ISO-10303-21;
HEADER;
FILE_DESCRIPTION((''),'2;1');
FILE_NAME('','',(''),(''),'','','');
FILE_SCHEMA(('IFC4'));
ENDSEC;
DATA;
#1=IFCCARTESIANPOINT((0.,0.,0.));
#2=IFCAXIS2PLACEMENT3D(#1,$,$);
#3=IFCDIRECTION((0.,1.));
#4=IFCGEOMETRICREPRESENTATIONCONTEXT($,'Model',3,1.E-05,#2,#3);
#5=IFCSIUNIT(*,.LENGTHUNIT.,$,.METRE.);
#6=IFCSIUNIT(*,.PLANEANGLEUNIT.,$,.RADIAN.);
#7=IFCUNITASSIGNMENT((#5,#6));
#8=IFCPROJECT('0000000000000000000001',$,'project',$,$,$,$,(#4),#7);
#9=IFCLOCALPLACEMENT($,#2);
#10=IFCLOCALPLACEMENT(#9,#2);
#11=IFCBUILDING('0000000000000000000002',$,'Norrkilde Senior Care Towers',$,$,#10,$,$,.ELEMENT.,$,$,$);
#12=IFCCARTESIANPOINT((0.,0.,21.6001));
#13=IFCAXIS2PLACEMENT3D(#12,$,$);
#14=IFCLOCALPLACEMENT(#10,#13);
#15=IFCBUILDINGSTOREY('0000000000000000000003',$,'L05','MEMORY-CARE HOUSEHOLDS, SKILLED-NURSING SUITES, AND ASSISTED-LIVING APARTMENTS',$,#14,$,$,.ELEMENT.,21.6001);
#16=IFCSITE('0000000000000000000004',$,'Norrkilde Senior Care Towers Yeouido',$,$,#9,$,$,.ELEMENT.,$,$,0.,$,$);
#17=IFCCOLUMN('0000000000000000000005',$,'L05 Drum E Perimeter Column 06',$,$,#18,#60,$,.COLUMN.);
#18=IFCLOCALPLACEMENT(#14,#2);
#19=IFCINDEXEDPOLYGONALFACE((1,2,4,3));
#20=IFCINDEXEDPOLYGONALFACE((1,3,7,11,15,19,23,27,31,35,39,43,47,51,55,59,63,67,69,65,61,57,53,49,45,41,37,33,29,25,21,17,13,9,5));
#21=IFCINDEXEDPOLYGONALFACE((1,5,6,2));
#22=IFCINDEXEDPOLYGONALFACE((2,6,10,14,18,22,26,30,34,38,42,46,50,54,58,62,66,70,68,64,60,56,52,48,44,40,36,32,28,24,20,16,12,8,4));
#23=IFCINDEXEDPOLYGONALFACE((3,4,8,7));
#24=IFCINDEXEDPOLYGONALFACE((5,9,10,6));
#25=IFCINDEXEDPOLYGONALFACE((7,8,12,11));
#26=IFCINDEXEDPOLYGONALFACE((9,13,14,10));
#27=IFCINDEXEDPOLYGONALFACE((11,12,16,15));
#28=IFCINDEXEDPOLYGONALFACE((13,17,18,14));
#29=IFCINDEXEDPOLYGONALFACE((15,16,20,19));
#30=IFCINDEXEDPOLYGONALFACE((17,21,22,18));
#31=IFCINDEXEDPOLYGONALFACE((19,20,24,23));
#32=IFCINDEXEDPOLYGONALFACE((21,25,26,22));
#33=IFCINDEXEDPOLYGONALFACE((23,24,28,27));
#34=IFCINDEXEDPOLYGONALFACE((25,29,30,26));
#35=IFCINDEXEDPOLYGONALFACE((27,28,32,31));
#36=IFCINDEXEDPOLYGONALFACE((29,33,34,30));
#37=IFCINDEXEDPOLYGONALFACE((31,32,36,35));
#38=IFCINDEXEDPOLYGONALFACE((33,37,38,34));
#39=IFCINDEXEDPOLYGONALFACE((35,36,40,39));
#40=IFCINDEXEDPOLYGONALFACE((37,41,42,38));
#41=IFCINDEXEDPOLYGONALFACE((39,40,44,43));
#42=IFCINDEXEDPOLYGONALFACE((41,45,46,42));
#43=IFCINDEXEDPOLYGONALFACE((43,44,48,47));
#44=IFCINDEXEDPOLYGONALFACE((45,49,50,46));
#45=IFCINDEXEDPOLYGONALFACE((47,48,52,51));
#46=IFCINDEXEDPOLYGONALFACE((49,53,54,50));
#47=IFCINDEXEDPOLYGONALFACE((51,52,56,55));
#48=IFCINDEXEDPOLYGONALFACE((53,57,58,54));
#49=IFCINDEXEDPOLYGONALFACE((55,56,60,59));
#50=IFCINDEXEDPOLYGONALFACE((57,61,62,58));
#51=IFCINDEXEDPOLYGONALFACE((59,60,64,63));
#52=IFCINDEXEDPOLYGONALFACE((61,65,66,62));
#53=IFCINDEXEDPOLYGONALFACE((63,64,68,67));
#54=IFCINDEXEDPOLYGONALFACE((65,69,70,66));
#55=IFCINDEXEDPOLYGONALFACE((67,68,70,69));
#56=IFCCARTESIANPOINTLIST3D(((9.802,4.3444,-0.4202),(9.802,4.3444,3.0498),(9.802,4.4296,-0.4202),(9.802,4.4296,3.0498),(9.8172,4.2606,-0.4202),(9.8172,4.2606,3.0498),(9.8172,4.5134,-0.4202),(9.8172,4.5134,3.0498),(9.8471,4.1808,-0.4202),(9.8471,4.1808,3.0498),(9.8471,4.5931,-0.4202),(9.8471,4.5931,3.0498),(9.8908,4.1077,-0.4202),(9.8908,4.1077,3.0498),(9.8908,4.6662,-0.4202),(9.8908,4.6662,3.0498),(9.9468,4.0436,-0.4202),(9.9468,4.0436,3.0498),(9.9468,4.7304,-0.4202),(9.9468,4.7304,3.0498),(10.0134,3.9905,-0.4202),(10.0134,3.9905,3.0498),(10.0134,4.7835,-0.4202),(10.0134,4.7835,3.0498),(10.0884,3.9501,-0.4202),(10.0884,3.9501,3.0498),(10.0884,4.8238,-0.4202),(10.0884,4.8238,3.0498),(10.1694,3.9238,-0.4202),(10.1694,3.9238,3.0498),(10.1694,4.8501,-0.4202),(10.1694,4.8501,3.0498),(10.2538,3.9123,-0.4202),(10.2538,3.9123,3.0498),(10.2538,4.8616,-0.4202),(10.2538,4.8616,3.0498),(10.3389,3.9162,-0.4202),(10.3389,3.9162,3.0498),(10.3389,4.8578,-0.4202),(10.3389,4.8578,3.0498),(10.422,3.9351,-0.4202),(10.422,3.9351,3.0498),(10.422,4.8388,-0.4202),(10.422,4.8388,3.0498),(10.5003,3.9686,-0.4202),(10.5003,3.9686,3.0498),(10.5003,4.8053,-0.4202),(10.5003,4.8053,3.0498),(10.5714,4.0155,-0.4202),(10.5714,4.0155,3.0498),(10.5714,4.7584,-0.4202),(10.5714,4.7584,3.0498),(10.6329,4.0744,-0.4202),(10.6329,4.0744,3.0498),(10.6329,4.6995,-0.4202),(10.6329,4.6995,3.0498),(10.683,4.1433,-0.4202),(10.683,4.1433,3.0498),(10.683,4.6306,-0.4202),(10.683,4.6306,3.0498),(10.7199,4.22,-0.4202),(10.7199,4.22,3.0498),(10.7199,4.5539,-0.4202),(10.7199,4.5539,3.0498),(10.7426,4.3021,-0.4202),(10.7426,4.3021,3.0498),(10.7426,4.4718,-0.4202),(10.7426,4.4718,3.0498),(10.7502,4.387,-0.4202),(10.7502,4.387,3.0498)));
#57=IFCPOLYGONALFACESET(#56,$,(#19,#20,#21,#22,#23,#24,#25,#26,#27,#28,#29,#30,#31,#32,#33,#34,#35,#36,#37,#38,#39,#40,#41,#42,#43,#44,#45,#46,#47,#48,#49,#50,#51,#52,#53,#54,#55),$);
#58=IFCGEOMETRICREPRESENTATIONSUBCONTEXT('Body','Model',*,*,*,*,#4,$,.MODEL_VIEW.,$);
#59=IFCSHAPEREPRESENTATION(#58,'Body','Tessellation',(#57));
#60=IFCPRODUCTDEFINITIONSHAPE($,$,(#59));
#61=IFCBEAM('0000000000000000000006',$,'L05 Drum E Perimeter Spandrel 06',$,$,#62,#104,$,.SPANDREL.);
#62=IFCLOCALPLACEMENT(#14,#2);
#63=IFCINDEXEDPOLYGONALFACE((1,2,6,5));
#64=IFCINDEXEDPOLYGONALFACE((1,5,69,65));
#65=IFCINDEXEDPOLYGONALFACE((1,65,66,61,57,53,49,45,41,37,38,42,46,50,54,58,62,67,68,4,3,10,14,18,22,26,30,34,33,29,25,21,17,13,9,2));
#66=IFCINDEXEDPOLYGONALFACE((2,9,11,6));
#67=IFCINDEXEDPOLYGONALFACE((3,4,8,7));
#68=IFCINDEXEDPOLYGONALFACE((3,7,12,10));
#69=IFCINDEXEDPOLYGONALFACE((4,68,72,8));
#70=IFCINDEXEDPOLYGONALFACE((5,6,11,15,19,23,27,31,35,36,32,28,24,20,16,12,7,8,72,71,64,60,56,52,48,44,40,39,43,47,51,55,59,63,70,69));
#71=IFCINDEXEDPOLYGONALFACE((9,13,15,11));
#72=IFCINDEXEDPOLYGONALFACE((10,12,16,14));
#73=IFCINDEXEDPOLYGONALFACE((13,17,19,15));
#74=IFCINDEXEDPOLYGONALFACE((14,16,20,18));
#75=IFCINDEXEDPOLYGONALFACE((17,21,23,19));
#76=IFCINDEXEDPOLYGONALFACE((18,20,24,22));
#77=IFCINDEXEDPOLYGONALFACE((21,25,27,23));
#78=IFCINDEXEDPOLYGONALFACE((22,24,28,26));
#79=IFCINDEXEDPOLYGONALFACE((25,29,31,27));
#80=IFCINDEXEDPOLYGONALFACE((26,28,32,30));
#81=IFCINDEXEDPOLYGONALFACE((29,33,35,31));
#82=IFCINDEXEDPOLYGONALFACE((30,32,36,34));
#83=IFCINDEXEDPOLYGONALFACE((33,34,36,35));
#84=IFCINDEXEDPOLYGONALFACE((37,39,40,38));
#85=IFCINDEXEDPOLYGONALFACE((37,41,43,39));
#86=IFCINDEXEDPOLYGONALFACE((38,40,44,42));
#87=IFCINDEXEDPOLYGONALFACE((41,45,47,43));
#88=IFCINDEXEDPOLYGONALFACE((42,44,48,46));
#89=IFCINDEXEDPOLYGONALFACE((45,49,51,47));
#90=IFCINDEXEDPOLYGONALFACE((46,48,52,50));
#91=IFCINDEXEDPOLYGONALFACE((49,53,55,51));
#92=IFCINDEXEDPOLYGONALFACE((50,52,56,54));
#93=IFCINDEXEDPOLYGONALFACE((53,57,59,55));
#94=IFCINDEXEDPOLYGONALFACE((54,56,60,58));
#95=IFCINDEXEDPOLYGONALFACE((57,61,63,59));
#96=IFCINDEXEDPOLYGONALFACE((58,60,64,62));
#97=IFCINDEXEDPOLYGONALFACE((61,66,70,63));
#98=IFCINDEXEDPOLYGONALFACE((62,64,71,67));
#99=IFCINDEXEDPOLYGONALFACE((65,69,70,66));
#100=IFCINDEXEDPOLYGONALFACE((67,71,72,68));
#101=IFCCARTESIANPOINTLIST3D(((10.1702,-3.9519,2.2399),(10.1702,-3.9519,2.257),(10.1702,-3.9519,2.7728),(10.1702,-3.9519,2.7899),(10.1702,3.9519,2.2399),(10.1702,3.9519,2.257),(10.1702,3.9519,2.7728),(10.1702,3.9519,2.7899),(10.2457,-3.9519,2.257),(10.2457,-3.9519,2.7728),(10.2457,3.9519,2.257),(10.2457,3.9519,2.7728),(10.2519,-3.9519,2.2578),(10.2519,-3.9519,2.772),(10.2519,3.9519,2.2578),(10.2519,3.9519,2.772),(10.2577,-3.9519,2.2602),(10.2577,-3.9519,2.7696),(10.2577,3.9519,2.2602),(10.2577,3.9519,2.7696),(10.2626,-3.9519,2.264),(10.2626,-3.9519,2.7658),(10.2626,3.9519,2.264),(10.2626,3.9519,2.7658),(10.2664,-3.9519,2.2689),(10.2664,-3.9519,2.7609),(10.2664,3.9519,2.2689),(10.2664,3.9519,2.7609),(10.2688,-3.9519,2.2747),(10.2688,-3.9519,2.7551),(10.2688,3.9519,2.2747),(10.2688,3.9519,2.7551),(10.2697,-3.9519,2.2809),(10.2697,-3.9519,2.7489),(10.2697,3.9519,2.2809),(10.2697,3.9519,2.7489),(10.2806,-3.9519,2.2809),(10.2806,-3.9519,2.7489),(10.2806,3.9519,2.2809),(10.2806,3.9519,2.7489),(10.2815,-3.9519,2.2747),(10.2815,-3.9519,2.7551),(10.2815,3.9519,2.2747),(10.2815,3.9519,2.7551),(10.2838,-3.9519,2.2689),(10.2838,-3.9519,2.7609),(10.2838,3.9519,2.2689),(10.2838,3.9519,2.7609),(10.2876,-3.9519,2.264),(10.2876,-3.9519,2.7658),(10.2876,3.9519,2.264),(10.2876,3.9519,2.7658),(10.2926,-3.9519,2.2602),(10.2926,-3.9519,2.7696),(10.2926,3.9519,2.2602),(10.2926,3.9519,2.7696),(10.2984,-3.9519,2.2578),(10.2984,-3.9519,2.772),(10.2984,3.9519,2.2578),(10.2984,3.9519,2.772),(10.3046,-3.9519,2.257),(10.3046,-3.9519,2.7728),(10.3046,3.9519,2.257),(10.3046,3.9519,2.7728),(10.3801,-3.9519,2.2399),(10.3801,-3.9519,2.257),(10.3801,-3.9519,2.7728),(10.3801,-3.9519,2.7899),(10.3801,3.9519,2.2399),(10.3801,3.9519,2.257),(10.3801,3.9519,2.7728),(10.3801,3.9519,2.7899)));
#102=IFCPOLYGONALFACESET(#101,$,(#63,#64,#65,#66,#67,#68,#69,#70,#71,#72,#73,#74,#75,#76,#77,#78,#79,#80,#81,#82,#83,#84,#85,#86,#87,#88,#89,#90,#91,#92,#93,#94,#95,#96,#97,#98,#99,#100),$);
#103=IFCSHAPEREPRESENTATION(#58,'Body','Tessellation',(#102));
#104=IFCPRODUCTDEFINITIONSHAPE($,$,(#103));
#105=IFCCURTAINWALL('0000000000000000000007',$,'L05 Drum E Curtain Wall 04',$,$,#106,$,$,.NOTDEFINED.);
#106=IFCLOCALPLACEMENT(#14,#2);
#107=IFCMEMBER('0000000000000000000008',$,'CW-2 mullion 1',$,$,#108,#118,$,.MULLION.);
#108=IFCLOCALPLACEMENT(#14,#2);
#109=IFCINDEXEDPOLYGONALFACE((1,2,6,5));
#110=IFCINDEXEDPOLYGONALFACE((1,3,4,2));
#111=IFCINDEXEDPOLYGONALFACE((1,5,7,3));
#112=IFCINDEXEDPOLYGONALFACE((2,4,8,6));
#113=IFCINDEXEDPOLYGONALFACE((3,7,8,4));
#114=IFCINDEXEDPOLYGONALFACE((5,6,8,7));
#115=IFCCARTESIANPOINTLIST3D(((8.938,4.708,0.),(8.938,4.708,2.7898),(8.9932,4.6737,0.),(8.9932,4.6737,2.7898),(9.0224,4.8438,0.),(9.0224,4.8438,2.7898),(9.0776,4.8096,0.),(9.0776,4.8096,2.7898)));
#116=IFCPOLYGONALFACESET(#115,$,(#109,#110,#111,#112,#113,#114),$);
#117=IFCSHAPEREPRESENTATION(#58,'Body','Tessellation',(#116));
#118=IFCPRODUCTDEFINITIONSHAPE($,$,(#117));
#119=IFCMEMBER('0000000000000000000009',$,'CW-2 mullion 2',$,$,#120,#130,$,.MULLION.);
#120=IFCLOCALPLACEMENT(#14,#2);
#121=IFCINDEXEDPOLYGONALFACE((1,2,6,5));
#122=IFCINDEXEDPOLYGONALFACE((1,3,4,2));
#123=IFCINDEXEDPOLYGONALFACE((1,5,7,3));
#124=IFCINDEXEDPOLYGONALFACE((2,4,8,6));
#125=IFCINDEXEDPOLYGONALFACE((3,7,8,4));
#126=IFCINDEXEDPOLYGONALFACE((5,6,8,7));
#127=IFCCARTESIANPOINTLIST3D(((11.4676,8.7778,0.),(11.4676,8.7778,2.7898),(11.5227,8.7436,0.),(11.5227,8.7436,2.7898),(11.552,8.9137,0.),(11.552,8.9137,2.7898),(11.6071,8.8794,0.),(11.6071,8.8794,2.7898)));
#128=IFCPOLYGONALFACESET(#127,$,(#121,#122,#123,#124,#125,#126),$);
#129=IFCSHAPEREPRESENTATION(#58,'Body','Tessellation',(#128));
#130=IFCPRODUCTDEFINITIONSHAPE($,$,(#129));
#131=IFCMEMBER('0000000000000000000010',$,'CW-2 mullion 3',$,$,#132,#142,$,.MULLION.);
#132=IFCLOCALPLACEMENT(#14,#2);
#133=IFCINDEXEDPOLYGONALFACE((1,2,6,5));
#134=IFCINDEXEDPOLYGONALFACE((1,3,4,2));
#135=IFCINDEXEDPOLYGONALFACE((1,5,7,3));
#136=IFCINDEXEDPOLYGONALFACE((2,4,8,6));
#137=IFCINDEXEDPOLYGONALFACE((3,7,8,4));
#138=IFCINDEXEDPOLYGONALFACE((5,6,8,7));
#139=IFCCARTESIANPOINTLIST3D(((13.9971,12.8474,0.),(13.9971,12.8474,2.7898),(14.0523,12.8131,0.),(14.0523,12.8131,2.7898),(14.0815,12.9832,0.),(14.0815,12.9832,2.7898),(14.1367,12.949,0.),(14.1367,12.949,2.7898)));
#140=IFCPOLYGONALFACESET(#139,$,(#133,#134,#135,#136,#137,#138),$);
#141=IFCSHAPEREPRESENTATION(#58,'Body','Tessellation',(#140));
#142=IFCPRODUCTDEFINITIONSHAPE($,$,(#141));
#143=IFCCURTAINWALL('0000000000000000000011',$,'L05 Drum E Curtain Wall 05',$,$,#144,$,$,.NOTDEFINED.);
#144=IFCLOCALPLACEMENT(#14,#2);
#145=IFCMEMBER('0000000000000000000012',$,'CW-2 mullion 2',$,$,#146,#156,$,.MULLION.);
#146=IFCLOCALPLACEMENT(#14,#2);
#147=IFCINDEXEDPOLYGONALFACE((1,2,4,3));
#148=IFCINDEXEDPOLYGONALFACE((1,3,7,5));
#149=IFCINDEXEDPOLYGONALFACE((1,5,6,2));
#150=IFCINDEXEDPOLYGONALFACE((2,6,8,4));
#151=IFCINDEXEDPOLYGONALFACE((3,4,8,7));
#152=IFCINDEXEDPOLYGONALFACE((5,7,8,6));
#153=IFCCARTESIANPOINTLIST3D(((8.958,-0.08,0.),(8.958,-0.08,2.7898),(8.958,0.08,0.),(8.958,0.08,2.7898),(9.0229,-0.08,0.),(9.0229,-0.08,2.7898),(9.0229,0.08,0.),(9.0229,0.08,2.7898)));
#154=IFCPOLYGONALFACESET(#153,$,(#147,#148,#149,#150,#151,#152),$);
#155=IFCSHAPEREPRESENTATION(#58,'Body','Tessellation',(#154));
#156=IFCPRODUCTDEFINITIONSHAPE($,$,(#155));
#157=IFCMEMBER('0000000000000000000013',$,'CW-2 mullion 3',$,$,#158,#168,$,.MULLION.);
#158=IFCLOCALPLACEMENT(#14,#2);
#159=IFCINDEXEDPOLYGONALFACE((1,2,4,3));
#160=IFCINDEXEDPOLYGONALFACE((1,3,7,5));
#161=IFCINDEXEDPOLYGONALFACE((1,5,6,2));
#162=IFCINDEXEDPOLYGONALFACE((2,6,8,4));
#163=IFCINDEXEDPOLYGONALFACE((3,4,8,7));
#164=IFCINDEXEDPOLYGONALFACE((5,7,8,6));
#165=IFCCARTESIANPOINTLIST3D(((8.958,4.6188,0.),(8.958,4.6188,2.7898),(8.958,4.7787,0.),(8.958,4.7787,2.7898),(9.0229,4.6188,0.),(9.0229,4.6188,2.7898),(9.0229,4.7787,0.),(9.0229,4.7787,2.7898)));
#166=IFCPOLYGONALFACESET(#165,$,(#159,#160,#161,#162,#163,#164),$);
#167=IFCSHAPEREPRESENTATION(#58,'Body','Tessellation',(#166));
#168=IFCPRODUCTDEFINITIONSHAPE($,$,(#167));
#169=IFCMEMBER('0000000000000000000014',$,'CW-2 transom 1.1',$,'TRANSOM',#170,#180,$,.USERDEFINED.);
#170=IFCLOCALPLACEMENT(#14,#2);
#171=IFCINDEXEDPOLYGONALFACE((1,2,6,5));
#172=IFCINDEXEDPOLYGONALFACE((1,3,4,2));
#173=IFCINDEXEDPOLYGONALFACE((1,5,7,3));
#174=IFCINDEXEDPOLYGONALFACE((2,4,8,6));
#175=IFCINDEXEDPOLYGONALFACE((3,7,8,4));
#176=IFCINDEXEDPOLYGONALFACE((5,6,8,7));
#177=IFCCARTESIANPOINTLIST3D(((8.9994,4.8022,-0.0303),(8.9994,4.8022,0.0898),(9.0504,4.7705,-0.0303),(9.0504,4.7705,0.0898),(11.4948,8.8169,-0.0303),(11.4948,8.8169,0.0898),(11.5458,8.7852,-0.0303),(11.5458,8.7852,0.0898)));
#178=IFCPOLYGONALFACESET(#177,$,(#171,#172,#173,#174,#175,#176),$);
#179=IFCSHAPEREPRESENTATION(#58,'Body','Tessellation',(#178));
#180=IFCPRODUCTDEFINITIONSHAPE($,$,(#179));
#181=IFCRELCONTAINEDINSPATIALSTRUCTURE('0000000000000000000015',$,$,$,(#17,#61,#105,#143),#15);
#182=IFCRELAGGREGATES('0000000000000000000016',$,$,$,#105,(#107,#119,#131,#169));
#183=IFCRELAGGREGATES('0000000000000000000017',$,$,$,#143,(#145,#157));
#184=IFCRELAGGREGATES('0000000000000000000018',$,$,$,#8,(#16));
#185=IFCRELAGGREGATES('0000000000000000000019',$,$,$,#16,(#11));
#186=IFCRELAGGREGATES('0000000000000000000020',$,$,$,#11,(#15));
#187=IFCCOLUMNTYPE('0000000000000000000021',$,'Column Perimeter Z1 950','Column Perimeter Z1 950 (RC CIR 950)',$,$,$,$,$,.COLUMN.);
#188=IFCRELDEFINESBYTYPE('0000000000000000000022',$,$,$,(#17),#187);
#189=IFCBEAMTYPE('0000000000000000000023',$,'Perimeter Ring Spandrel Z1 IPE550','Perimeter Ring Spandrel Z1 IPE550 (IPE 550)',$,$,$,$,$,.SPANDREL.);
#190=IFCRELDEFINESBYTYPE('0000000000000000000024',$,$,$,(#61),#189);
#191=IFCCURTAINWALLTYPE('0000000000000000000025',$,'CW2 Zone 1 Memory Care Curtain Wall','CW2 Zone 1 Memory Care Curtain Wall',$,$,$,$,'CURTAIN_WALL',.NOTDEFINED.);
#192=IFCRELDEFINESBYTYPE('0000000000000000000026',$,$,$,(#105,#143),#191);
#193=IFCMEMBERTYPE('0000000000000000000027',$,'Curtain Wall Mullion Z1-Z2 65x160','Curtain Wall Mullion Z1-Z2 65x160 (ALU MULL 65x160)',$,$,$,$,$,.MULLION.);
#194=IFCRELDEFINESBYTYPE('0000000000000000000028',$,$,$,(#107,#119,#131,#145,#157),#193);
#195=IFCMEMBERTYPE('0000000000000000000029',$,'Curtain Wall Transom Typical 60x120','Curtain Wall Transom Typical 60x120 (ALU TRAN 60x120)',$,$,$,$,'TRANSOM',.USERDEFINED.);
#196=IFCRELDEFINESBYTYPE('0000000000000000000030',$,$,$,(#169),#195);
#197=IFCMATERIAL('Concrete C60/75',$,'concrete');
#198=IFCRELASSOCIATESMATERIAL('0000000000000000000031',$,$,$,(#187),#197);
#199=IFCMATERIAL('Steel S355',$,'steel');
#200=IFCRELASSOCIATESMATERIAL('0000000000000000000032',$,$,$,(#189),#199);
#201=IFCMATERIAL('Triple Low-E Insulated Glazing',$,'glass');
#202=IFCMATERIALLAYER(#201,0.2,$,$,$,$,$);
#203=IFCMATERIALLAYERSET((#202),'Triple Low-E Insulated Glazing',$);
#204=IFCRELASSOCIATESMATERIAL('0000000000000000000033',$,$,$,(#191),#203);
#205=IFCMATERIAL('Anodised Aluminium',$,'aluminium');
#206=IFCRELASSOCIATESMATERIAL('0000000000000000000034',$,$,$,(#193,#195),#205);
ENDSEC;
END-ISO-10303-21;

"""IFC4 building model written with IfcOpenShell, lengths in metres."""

from ifc_helpers import new_model, si_unit, direction, frame, origin, origin_2d, place, context, subcontext, project, spatial, rectangle, circle, i_section, extrude, source, transform, mapped, material, layer, layer_set, material_profile, profile_set, type_object, type_shapes, element, aggregate, save


model = new_model("IFC4")

# Units and contexts
model_context = context("Model", 3, precision=1e-05, world=origin(), true_north=direction((0.0, 1.0)))
body_context = subcontext(model_context, "Body", "Model", "MODEL_VIEW")
ifc_project = project(units=[si_unit("LENGTHUNIT", "METRE"), si_unit("PLANEANGLEUNIT", "RADIAN")], contexts=[model_context])

# Site, building, storey
site_placement = place(None, origin())
site = spatial("IfcSite", under=ifc_project, at=site_placement, Name="Norrkilde Senior Care Towers Yeouido", CompositionType="ELEMENT", RefElevation=0.0)
building_placement = place(site_placement, origin())
building = spatial("IfcBuilding", under=site, at=building_placement, Name="Norrkilde Senior Care Towers", CompositionType="ELEMENT")
storey_placement = place(building_placement, frame((0.0, 0.0, 21.6001)))
storey = spatial("IfcBuildingStorey", under=building, at=storey_placement, Name="L05", Description="MEMORY-CARE HOUSEHOLDS, SKILLED-NURSING SUITES, AND ASSISTED-LIVING APARTMENTS", CompositionType="ELEMENT", Elevation=21.6001)

# Column
ifc_material_1 = material(Name="Concrete C60/75", Category="concrete")
ifc_material_profile_1 = material_profile(ifc_material_1, circle(Radius=0.4751, at=origin_2d()), Name="RC CIR 950")
ifc_profile_set_1 = profile_set([ifc_material_profile_1], Name="Concrete C60/75")
column_type = type_object("IfcColumnType", Name="Column Perimeter Z1 950", Description="Column Perimeter Z1 950 (RC CIR 950)", PredefinedType="COLUMN", material=ifc_profile_set_1)
shared_shape_1 = source(origin(), body_context, "Body", "SweptSolid", [
    extrude(circle(Radius=0.4751, at=origin_2d()), origin(), (0.0, 0.0, 1.0), 3.47),
])
type_shapes(column_type, [shared_shape_1])
column_placement = place(storey_placement, frame((10.2751, 4.387, -0.4202), z_axis=(0.0, 0.0, 1.0), x_axis=(1.0, 0.0, 0.0)))
element("IfcColumn", 1, at=column_placement, inside=storey, type_object=column_type, Name="L05 Drum E Perimeter Column 06", PredefinedType="COLUMN", context=body_context, shape_type="MappedRepresentation", body=[
    mapped(shared_shape_1, transform((0.0, 0.0, 0.0), x_axis=(1.0, 0.0, 0.0), y_axis=(0.0, 1.0, 0.0), z_axis=(0.0, 0.0, 1.0), scale=1.0)),
])

# Beam
ifc_material_2 = material(Name="Steel S355", Category="steel")
ifc_material_profile_2 = material_profile(ifc_material_2, i_section(OverallWidth=0.21, OverallDepth=0.55, WebThickness=0.011, FlangeThickness=0.0171, FilletRadius=0.0239, at=origin_2d()), Name="IPE 550")
ifc_profile_set_2 = profile_set([ifc_material_profile_2], Name="Steel S355")
beam_type = type_object("IfcBeamType", Name="Perimeter Ring Spandrel Z1 IPE550", Description="Perimeter Ring Spandrel Z1 IPE550 (IPE 550)", PredefinedType="SPANDREL", material=ifc_profile_set_2)
shared_shape_2 = source(origin(), body_context, "Body", "SweptSolid", [
    extrude(i_section(OverallWidth=0.21, OverallDepth=0.55, WebThickness=0.011, FlangeThickness=0.0171, FilletRadius=0.0239, at=origin_2d()), origin(), (0.0, 0.0, 1.0), 7.9038),
])
type_shapes(beam_type, [shared_shape_2])
beam_placement = place(storey_placement, frame((10.2751, 3.9519, 2.5149), z_axis=(0.0, -1.0, 0.0), x_axis=(1.0, 0.0, 0.0)))
element("IfcBeam", 2, at=beam_placement, inside=storey, type_object=beam_type, Name="L05 Drum E Perimeter Spandrel 06", PredefinedType="SPANDREL", context=body_context, shape_type="MappedRepresentation", body=[
    mapped(shared_shape_2, transform((0.0, 0.0, 0.0), x_axis=(1.0, 0.0, 0.0), y_axis=(0.0, 1.0, 0.0), z_axis=(0.0, 0.0, 1.0), scale=1.0)),
])

# Curtain walls, members
ifc_material_3 = material(Name="Triple Low-E Insulated Glazing", Category="glass")
ifc_layer_1 = layer(ifc_material_3, 0.2)
ifc_layer_set_1 = layer_set([ifc_layer_1], Name="Triple Low-E Insulated Glazing")
curtain_wall_type = type_object("IfcCurtainWallType", Name="CW2 Zone 1 Memory Care Curtain Wall", Description="CW2 Zone 1 Memory Care Curtain Wall", ElementType="CURTAIN_WALL", PredefinedType="NOTDEFINED", material=ifc_layer_set_1)
curtain_wall_1_placement = place(storey_placement, origin())
curtain_wall_1 = element("IfcCurtainWall", 3, at=curtain_wall_1_placement, inside=storey, type_object=curtain_wall_type, Name="L05 Drum E Curtain Wall 04", PredefinedType="NOTDEFINED")
ifc_material_4 = material(Name="Anodised Aluminium", Category="aluminium")
ifc_material_profile_3 = material_profile(ifc_material_4, rectangle(XDim=0.0649, YDim=0.1599, at=origin_2d()), Name="ALU MULL 65x160")
ifc_profile_set_3 = profile_set([ifc_material_profile_3], Name="Anodised Aluminium")
member_type_1 = type_object("IfcMemberType", Name="Curtain Wall Mullion Z1-Z2 65x160", Description="Curtain Wall Mullion Z1-Z2 65x160 (ALU MULL 65x160)", PredefinedType="MULLION", material=ifc_profile_set_3)
shared_shape_3 = source(origin(), body_context, "Body", "SweptSolid", [
    extrude(rectangle(XDim=0.0649, YDim=0.1599, at=origin_2d()), origin(), (0.0, 0.0, 1.0), 2.7898),
])
type_shapes(member_type_1, [shared_shape_3])
member_1_placement = place(storey_placement, frame((9.0078, 4.7588, 0.0), z_axis=(0.0, 0.0, 1.0), x_axis=(-0.849306, 0.527901, 0.0)))
member_1 = element("IfcMember", 4, at=member_1_placement, type_object=member_type_1, Name="CW-2 mullion 1", PredefinedType="MULLION", context=body_context, shape_type="MappedRepresentation", body=[
    mapped(shared_shape_3, transform((0.0, 0.0, 0.0), x_axis=(1.0, 0.0, 0.0), y_axis=(0.0, 1.0, 0.0), z_axis=(0.0, 0.0, 1.0), scale=1.0)),
])
member_2_placement = place(storey_placement, frame((11.5374, 8.8286, 0.0), z_axis=(0.0, 0.0, 1.0), x_axis=(-0.849306, 0.527901, 0.0)))
member_2 = element("IfcMember", 5, at=member_2_placement, type_object=member_type_1, Name="CW-2 mullion 2", PredefinedType="MULLION", context=body_context, shape_type="MappedRepresentation", body=[
    mapped(shared_shape_3, transform((0.0, 0.0, 0.0), x_axis=(1.0, 0.0, 0.0), y_axis=(0.0, 1.0, 0.0), z_axis=(0.0, 0.0, 1.0), scale=1.0)),
])
member_3_placement = place(storey_placement, frame((14.0669, 12.8982, 0.0), z_axis=(0.0, 0.0, 1.0), x_axis=(-0.849306, 0.527901, 0.0)))
member_3 = element("IfcMember", 6, at=member_3_placement, type_object=member_type_1, Name="CW-2 mullion 3", PredefinedType="MULLION", context=body_context, shape_type="MappedRepresentation", body=[
    mapped(shared_shape_3, transform((0.0, 0.0, 0.0), x_axis=(1.0, 0.0, 0.0), y_axis=(0.0, 1.0, 0.0), z_axis=(0.0, 0.0, 1.0), scale=1.0)),
])
curtain_wall_2_placement = place(storey_placement, origin())
curtain_wall_2 = element("IfcCurtainWall", 7, at=curtain_wall_2_placement, inside=storey, type_object=curtain_wall_type, Name="L05 Drum E Curtain Wall 05", PredefinedType="NOTDEFINED")
member_4_placement = place(storey_placement, frame((8.9905, 0.0, 0.0), z_axis=(0.0, 0.0, 1.0), x_axis=(-1.0, 0.0, 0.0)))
member_4 = element("IfcMember", 8, at=member_4_placement, type_object=member_type_1, Name="CW-2 mullion 2", PredefinedType="MULLION", context=body_context, shape_type="MappedRepresentation", body=[
    mapped(shared_shape_3, transform((0.0, 0.0, 0.0), x_axis=(1.0, 0.0, 0.0), y_axis=(0.0, 1.0, 0.0), z_axis=(0.0, 0.0, 1.0), scale=1.0)),
])
member_5_placement = place(storey_placement, frame((8.9905, 4.6987, 0.0), z_axis=(0.0, 0.0, 1.0), x_axis=(-1.0, 0.0, 0.0)))
member_5 = element("IfcMember", 9, at=member_5_placement, type_object=member_type_1, Name="CW-2 mullion 3", PredefinedType="MULLION", context=body_context, shape_type="MappedRepresentation", body=[
    mapped(shared_shape_3, transform((0.0, 0.0, 0.0), x_axis=(1.0, 0.0, 0.0), y_axis=(0.0, 1.0, 0.0), z_axis=(0.0, 0.0, 1.0), scale=1.0)),
])

# Member
ifc_material_profile_4 = material_profile(ifc_material_4, rectangle(XDim=0.0601, YDim=0.1201, at=origin_2d()), Name="ALU TRAN 60x120")
ifc_profile_set_4 = profile_set([ifc_material_profile_4], Name="Anodised Aluminium")
member_type_2 = type_object("IfcMemberType", Name="Curtain Wall Transom Typical 60x120", Description="Curtain Wall Transom Typical 60x120 (ALU TRAN 60x120)", ElementType="TRANSOM", PredefinedType="USERDEFINED", material=ifc_profile_set_4)
shared_shape_4 = source(origin(), body_context, "Body", "SweptSolid", [
    extrude(rectangle(XDim=0.0601, YDim=0.1201, at=origin_2d()), origin(), (0.0, 0.0, 1.0), 4.7271),
])
member_6_placement = place(storey_placement, frame((9.0249, 4.7864, 0.0298), z_axis=(0.527899, 0.849307, 0.0), x_axis=(-0.849307, 0.527899, 0.0)))
member_6 = element("IfcMember", 10, at=member_6_placement, type_object=member_type_2, Name="CW-2 transom 1.1", ObjectType="TRANSOM", PredefinedType="USERDEFINED", context=body_context, shape_type="MappedRepresentation", body=[
    mapped(shared_shape_4, transform((0.0, 0.0, 0.0), x_axis=(1.0, 0.0, 0.0), y_axis=(0.0, 1.0, 0.0), z_axis=(0.0, 0.0, 1.0), scale=1.0)),
])

aggregate(curtain_wall_1, [member_1, member_2, member_3, member_6])
aggregate(curtain_wall_2, [member_4, member_5])

save(model, "model.ifc")
